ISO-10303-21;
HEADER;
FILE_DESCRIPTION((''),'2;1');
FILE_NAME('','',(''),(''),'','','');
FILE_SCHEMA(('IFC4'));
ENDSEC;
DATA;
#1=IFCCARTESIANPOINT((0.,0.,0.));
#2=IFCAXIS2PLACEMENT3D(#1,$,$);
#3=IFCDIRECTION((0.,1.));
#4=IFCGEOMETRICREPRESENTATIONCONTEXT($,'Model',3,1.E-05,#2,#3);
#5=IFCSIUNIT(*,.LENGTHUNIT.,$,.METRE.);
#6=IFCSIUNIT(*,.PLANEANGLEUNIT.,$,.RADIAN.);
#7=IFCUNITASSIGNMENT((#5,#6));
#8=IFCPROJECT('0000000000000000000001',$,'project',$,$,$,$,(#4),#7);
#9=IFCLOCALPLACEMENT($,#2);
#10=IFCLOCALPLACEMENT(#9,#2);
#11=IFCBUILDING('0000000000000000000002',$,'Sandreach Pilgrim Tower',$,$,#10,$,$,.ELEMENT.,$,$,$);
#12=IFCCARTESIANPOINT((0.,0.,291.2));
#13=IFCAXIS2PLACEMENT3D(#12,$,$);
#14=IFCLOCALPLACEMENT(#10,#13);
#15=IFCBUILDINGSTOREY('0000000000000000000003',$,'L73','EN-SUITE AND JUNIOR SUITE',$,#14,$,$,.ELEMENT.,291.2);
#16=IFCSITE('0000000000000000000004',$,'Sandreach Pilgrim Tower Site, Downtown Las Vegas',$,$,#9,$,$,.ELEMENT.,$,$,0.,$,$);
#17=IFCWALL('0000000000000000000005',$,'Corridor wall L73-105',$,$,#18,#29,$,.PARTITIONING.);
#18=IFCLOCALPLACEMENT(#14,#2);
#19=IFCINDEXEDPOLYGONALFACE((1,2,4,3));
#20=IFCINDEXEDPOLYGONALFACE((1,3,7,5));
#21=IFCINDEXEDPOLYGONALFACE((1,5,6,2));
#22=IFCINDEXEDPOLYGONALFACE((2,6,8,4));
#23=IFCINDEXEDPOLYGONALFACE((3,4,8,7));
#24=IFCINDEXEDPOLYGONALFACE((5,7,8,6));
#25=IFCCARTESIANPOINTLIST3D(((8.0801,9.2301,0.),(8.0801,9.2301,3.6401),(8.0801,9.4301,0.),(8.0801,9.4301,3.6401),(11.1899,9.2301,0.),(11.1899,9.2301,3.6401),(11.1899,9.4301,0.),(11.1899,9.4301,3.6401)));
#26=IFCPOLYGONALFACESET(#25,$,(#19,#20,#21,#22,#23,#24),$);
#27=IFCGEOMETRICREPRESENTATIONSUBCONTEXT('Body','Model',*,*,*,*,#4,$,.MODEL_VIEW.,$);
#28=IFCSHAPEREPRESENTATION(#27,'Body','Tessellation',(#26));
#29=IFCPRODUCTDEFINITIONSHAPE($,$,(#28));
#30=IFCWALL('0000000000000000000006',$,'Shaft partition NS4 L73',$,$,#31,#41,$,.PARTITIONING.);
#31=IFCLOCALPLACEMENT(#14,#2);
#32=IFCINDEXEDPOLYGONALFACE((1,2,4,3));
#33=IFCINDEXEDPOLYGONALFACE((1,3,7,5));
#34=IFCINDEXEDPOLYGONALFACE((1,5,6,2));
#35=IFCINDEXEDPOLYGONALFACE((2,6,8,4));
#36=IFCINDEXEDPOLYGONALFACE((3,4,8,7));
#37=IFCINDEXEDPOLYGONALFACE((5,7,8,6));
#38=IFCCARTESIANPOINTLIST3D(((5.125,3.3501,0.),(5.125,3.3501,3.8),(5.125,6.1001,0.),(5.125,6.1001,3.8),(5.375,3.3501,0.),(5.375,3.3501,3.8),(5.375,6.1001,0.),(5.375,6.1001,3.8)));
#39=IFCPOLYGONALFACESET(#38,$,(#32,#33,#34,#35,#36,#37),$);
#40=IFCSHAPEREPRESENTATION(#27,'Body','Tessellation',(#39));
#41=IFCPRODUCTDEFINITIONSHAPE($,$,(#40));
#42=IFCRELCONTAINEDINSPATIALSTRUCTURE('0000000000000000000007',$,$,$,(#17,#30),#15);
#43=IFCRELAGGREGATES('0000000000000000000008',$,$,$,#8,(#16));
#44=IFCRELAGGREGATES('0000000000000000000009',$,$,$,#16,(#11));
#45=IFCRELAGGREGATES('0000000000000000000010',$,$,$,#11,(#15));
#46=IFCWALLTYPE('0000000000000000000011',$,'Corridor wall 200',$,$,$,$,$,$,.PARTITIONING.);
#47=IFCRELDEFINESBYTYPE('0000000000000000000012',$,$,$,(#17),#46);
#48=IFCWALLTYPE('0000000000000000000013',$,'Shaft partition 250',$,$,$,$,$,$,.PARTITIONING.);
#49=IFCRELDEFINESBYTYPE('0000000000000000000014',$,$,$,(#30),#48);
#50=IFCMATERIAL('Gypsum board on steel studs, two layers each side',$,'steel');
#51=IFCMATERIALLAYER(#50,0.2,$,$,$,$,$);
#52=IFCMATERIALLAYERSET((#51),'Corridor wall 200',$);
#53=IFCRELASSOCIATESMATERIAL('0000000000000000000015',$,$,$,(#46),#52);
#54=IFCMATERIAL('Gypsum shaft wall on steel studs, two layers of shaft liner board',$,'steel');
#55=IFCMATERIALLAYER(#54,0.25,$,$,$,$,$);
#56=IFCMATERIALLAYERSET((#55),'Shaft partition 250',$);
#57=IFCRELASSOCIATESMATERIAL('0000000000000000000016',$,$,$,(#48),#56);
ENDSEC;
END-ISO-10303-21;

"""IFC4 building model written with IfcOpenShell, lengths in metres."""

from ifc_helpers import new_model, si_unit, direction, frame, frame_2d, origin, place, context, subcontext, project, spatial, rectangle, extrude, material, layer, layer_set, type_object, element, save


model = new_model("IFC4")

# Units and contexts
model_context = context("Model", 3, precision=1e-05, world=origin(), true_north=direction((0.0, 1.0)))
body_context = subcontext(model_context, "Body", "Model", "MODEL_VIEW")
ifc_project = project(units=[si_unit("LENGTHUNIT", "METRE"), si_unit("PLANEANGLEUNIT", "RADIAN")], contexts=[model_context])

# Site, building, storey
site_placement = place(None, origin())
site = spatial("IfcSite", under=ifc_project, at=site_placement, Name="Sandreach Pilgrim Tower Site, Downtown Las Vegas", CompositionType="ELEMENT", RefElevation=0.0)
building_placement = place(site_placement, origin())
building = spatial("IfcBuilding", under=site, at=building_placement, Name="Sandreach Pilgrim Tower", CompositionType="ELEMENT")
storey_placement = place(building_placement, frame((0.0, 0.0, 291.2)))
storey = spatial("IfcBuildingStorey", under=building, at=storey_placement, Name="L73", Description="EN-SUITE AND JUNIOR SUITE", CompositionType="ELEMENT", Elevation=291.2)

# Shared definitions
ifc_material_1 = material(Name="Gypsum board on steel studs, two layers each side", Category="steel")
ifc_layer_1 = layer(ifc_material_1, 0.2)
ifc_layer_set_1 = layer_set([ifc_layer_1], Name="Corridor wall 200")
wall_type_1 = type_object("IfcWallType", Name="Corridor wall 200", PredefinedType="PARTITIONING", material=ifc_layer_set_1)

# Wall
wall_1_placement = place(storey_placement, frame((11.1899, 9.3301, 0.0), z_axis=(0.0, 0.0, 1.0), x_axis=(-1.0, 0.0, 0.0)))
element("IfcWall", 1, at=wall_1_placement, inside=storey, type_object=wall_type_1, Name="Corridor wall L73-105", PredefinedType="PARTITIONING", context=body_context, shape_type="SweptSolid", body=[
    extrude(rectangle(XDim=3.1099, YDim=0.2, at=frame_2d((1.5549, 0.0))), origin(), (0.0, 0.0, 1.0), 3.6401),
])

# Wall
ifc_material_2 = material(Name="Gypsum shaft wall on steel studs, two layers of shaft liner board", Category="steel")
ifc_layer_2 = layer(ifc_material_2, 0.25)
ifc_layer_set_2 = layer_set([ifc_layer_2], Name="Shaft partition 250")
wall_type_2 = type_object("IfcWallType", Name="Shaft partition 250", PredefinedType="PARTITIONING", material=ifc_layer_set_2)
wall_2_placement = place(storey_placement, frame((5.25, 3.3501, 0.0), z_axis=(0.0, 0.0, 1.0), x_axis=(0.0, 1.0, 0.0)))
element("IfcWall", 2, at=wall_2_placement, inside=storey, type_object=wall_type_2, Name="Shaft partition NS4 L73", PredefinedType="PARTITIONING", context=body_context, shape_type="SweptSolid", body=[
    extrude(rectangle(XDim=2.75, YDim=0.25, at=frame_2d((1.375, 0.0))), origin(), (0.0, 0.0, 1.0), 3.8),
])

save(model, "model.ifc")
